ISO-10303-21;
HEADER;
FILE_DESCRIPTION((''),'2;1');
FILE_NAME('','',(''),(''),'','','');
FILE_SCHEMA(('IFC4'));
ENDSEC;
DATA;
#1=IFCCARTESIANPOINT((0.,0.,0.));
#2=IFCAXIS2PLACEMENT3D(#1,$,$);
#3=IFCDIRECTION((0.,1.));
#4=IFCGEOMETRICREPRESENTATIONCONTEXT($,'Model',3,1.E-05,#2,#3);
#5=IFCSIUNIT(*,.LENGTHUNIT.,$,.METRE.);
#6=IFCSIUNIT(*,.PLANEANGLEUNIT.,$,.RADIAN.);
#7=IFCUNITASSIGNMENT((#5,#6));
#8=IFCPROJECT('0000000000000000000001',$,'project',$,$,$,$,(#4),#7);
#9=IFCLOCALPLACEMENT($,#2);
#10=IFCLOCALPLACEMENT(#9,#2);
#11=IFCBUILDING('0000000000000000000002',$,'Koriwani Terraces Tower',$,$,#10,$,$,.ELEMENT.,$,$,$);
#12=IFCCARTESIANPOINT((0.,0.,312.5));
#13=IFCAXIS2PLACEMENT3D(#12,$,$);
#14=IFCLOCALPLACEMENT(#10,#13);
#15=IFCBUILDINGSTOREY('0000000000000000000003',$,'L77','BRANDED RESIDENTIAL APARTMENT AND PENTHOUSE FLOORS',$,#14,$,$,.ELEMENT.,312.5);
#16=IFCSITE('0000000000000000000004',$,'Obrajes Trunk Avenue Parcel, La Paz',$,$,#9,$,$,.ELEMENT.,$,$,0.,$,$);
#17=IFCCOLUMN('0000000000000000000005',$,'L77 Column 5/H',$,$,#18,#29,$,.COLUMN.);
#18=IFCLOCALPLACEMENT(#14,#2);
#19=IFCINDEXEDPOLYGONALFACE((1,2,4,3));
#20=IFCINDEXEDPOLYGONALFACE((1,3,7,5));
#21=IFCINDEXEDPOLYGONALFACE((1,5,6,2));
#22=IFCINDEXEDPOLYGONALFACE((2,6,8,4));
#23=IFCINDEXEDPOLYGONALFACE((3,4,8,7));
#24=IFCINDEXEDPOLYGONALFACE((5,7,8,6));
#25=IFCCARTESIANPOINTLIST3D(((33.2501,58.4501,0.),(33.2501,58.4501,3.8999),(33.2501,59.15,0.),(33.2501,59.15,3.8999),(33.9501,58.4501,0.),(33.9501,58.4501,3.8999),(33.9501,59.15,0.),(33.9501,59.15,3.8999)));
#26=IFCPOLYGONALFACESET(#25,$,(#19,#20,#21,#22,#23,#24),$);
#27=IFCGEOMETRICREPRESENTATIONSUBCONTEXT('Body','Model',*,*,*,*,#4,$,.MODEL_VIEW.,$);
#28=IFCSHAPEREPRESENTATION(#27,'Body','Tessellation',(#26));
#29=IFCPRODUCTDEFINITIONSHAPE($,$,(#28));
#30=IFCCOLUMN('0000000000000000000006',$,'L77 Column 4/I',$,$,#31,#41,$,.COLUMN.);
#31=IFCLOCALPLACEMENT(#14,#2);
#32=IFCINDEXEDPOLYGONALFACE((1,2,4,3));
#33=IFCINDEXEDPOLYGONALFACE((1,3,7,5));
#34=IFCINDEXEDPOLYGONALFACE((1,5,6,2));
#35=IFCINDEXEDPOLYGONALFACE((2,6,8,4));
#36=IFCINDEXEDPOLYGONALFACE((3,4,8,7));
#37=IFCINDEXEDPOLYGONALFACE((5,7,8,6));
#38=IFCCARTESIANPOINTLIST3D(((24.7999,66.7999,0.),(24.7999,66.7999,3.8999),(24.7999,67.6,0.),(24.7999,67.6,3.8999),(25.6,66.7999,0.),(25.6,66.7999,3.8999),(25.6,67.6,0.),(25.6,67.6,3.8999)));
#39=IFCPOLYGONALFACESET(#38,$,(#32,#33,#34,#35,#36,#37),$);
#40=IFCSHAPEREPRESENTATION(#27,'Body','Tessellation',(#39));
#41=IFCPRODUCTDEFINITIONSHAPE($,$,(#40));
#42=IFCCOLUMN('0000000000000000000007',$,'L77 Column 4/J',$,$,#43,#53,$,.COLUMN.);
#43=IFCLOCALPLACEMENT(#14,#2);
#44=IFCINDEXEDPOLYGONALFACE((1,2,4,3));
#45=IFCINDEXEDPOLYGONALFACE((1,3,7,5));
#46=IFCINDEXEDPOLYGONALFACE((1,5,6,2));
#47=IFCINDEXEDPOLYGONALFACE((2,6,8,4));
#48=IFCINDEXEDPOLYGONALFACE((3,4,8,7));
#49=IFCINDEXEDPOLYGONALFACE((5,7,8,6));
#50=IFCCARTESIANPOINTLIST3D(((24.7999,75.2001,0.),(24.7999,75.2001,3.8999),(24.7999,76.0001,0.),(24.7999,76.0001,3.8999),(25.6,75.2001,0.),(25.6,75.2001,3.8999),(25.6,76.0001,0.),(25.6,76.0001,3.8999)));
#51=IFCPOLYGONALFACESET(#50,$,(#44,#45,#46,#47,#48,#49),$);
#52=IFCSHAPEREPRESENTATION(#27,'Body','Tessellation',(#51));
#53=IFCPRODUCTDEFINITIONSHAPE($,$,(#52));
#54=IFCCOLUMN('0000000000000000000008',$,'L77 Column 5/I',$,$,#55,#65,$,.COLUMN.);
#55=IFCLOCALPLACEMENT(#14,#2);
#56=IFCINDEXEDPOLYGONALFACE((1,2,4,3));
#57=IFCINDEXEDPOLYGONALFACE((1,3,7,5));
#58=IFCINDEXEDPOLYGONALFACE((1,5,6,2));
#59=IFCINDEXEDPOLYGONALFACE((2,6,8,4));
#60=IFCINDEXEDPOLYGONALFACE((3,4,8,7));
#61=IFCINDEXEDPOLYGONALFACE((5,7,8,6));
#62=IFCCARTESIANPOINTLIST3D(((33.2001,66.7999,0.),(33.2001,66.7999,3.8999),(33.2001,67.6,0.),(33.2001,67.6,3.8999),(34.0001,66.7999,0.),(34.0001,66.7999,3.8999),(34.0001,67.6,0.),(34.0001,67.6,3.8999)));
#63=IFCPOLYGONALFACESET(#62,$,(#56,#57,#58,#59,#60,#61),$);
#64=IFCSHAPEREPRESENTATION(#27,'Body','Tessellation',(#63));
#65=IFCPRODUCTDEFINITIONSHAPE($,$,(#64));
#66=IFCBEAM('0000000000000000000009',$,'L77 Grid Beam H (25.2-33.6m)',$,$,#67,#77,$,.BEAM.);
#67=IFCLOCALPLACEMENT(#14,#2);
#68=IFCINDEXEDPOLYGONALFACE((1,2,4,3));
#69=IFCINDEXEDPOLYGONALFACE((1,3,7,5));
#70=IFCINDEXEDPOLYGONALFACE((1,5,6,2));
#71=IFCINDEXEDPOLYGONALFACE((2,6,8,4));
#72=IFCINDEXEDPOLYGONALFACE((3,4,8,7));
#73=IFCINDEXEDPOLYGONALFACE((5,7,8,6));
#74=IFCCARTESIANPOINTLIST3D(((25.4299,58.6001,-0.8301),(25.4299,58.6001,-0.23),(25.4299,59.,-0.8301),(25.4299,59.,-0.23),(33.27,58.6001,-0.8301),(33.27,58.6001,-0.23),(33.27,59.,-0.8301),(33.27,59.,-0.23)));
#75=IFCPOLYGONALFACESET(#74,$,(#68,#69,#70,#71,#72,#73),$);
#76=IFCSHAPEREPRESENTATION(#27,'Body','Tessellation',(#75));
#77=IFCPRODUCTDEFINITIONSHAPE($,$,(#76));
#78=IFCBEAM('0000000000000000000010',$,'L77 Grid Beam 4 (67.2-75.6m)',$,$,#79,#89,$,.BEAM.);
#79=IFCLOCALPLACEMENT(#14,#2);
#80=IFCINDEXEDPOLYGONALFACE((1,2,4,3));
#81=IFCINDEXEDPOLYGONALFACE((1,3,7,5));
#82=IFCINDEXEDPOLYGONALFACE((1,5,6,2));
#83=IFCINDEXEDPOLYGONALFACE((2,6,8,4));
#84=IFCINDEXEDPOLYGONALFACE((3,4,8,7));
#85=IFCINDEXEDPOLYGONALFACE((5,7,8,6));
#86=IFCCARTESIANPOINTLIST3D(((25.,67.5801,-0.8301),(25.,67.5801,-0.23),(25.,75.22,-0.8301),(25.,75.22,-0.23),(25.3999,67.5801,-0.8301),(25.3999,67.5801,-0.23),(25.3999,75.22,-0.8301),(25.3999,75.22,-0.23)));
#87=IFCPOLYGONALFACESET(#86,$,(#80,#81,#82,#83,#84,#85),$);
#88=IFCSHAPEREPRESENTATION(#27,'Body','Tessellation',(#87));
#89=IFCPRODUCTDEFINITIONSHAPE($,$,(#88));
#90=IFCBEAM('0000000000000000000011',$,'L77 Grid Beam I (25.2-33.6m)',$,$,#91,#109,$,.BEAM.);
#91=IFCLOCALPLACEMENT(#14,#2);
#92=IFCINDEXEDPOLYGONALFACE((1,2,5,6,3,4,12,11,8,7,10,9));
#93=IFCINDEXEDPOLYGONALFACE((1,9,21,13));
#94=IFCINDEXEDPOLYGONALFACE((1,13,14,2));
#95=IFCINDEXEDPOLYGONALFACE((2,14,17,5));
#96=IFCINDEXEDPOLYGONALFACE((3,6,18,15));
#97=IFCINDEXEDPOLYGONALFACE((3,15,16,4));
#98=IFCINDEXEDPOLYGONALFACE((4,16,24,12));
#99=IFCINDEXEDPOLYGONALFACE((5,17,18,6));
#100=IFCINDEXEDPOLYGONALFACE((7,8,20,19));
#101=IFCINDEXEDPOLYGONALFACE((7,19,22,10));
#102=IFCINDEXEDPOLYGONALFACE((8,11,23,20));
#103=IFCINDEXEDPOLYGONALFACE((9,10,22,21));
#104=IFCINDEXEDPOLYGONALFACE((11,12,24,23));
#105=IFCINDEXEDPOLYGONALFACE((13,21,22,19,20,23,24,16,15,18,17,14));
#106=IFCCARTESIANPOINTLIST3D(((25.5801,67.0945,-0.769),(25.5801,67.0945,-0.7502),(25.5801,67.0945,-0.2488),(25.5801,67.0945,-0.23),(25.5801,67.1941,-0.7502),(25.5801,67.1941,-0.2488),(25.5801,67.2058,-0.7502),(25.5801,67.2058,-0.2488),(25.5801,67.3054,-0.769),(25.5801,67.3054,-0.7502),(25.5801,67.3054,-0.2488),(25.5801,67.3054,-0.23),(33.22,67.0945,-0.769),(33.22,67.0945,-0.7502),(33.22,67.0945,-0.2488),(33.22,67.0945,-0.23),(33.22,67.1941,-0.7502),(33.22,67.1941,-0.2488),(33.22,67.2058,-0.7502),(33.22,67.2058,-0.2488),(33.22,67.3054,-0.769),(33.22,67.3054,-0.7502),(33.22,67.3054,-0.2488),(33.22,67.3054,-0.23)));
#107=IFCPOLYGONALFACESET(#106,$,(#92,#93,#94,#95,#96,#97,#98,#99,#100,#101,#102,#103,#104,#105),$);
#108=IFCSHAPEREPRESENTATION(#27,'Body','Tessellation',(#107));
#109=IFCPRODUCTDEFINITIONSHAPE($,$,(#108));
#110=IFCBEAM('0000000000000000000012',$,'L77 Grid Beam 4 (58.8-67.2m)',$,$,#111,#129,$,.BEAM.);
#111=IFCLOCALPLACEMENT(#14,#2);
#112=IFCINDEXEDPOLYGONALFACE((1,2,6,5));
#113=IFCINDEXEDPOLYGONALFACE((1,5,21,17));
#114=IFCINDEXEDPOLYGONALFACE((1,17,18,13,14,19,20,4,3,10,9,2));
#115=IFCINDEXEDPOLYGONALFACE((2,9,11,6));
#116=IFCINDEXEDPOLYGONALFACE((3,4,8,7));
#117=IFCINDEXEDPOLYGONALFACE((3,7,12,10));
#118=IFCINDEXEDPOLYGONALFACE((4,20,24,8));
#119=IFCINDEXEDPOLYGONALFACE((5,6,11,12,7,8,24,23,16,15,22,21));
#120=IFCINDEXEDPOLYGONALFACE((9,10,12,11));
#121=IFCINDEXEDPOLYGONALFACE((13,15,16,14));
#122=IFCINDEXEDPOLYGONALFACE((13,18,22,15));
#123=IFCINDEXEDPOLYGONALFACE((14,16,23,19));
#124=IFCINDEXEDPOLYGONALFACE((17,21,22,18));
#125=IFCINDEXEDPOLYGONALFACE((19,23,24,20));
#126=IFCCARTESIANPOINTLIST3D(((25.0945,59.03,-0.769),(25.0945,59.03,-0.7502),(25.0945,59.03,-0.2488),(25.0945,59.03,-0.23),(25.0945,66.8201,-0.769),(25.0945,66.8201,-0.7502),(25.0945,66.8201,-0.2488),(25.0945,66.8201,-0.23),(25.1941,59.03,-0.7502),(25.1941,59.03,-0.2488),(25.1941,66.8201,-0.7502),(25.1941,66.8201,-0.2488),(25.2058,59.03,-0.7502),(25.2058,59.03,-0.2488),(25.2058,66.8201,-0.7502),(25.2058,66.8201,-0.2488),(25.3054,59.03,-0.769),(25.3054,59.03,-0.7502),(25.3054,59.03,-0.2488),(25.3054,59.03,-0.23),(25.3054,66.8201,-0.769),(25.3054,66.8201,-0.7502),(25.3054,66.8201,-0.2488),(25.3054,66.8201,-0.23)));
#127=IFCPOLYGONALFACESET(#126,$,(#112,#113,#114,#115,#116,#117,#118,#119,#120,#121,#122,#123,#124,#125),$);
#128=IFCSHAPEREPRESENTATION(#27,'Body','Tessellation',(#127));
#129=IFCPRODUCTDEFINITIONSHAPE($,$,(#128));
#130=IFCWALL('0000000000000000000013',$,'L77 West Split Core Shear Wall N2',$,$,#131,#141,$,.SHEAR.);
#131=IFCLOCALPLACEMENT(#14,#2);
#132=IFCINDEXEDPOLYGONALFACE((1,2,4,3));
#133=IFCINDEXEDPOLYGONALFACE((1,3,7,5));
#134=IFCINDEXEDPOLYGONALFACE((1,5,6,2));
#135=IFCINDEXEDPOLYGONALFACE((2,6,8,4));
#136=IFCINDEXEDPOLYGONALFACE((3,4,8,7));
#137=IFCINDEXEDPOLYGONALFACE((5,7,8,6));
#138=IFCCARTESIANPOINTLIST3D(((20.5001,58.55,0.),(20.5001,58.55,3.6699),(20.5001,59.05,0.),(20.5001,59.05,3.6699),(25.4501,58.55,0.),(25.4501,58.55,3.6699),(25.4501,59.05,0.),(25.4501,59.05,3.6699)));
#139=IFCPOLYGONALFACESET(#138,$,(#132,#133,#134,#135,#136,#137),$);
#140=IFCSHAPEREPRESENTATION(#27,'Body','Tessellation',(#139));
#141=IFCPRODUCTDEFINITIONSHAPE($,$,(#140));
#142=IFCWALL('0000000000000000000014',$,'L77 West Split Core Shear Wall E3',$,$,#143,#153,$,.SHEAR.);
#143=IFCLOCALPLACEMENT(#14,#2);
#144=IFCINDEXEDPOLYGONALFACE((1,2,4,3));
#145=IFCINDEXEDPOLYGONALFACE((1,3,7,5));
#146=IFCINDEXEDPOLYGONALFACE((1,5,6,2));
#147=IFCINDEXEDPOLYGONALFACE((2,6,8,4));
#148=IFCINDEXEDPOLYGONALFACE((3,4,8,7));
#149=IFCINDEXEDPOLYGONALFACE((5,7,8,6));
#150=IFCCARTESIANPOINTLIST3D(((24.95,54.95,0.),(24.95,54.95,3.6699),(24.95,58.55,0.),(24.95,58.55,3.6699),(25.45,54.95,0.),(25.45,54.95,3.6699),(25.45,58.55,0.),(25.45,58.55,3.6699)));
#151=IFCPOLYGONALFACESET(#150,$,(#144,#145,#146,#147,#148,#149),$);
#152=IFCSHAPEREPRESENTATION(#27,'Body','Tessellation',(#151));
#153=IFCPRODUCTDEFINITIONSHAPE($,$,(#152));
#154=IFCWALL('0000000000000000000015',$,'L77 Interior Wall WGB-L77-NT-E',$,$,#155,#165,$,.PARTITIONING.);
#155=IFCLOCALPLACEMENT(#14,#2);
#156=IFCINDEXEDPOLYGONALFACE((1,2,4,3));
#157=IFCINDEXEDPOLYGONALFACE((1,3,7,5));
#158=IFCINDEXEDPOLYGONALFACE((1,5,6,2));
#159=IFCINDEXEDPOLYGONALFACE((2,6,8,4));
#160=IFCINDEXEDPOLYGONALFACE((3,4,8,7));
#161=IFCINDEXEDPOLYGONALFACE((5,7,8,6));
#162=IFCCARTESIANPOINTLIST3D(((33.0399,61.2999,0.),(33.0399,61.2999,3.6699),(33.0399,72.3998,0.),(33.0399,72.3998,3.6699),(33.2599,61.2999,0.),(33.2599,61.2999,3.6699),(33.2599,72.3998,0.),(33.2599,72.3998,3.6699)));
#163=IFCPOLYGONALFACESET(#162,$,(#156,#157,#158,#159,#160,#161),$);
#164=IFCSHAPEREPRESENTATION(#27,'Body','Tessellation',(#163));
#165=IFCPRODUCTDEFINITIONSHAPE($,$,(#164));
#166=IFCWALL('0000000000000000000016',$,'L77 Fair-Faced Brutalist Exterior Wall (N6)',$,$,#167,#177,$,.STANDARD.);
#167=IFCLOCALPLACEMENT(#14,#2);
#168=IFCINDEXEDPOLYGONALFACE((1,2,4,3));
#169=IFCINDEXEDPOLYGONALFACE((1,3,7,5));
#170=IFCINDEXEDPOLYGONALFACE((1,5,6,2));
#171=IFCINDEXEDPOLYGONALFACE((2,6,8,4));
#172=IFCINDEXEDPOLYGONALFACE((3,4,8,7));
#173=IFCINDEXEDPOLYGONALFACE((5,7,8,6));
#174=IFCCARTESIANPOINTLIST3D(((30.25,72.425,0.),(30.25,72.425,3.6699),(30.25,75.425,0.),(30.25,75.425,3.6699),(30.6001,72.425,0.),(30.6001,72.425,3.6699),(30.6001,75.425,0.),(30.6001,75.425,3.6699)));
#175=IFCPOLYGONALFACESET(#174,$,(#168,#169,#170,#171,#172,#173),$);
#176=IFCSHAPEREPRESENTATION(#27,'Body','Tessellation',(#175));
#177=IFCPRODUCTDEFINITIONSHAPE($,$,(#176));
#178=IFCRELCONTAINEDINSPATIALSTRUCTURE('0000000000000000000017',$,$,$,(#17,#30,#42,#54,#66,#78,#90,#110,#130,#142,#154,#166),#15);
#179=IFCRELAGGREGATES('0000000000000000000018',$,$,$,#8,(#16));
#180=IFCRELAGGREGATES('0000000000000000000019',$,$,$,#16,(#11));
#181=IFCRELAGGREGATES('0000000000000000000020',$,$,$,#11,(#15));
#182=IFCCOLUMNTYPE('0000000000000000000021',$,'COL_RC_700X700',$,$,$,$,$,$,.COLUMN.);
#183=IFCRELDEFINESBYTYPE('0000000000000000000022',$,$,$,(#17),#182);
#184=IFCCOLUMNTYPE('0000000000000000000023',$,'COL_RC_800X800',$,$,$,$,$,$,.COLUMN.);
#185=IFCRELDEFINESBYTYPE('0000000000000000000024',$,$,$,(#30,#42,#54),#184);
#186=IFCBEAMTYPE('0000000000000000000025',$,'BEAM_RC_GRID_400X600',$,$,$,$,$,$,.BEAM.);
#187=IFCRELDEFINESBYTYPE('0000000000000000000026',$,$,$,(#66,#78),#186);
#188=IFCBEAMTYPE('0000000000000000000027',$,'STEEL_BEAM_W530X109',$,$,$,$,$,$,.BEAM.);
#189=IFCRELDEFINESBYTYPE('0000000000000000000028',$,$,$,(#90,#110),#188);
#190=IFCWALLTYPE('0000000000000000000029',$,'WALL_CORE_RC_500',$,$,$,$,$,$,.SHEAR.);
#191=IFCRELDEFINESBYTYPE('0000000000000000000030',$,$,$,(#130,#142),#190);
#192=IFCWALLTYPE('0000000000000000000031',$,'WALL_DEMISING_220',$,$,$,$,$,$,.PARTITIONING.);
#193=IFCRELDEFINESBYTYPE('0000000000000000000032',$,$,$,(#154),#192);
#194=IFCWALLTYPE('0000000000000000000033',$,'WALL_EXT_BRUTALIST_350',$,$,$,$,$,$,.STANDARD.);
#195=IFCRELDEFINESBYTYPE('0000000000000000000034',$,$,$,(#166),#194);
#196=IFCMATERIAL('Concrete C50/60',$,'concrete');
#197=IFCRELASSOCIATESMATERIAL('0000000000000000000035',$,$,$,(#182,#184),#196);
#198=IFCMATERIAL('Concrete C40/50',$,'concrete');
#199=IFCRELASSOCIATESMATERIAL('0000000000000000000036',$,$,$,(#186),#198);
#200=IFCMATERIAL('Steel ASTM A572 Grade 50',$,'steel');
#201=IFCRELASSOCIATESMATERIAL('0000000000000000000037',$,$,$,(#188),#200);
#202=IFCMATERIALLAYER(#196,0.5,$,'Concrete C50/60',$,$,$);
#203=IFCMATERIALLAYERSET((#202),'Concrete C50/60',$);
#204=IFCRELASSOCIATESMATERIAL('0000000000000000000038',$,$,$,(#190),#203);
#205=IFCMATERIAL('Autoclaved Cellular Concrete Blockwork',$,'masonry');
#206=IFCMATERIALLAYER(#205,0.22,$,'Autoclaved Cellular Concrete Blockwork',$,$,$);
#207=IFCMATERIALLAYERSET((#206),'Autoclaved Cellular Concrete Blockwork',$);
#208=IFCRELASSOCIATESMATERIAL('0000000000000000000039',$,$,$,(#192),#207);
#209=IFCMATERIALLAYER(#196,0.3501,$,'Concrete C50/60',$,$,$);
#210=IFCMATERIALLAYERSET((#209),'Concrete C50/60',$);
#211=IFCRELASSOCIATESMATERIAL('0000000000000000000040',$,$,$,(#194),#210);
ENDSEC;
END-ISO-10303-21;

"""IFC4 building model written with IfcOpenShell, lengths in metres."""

from ifc_helpers import new_model, si_unit, direction, frame, frame_2d, origin, origin_2d, place, context, subcontext, project, spatial, rectangle, i_section, extrude, material, layer, layer_set, material_profile, profile_set, type_object, element, save


model = new_model("IFC4")

# Units and contexts
model_context = context("Model", 3, precision=1e-05, world=origin(), true_north=direction((0.0, 1.0)))
body_context = subcontext(model_context, "Body", "Model", "MODEL_VIEW")
ifc_project = project(units=[si_unit("LENGTHUNIT", "METRE"), si_unit("PLANEANGLEUNIT", "RADIAN")], contexts=[model_context])

# Site, building, storey
site_placement = place(None, origin())
site = spatial("IfcSite", under=ifc_project, at=site_placement, Name="Obrajes Trunk Avenue Parcel, La Paz", CompositionType="ELEMENT", RefElevation=0.0)
building_placement = place(site_placement, origin())
building = spatial("IfcBuilding", under=site, at=building_placement, Name="Koriwani Terraces Tower", CompositionType="ELEMENT")
storey_placement = place(building_placement, frame((0.0, 0.0, 312.5)))
storey = spatial("IfcBuildingStorey", under=building, at=storey_placement, Name="L77", Description="BRANDED RESIDENTIAL APARTMENT AND PENTHOUSE FLOORS", CompositionType="ELEMENT", Elevation=312.5)

# Columns
ifc_material_1 = material(Name="Concrete C50/60", Category="concrete")
ifc_material_profile_1 = material_profile(ifc_material_1, rectangle(XDim=0.7, YDim=0.7, at=origin_2d()), Name="Concrete C50/60", Category="LoadBearing")
ifc_profile_set_1 = profile_set([ifc_material_profile_1], Name="Concrete C50/60")
column_type_1 = type_object("IfcColumnType", Name="COL_RC_700X700", PredefinedType="COLUMN", material=ifc_profile_set_1)
column_placement = place(storey_placement, frame((33.6001, 58.8, 0.0), z_axis=(0.0, 0.0, 1.0), x_axis=(1.0, 0.0, 0.0)))
element("IfcColumn", 1, at=column_placement, inside=storey, type_object=column_type_1, Name="L77 Column 5/H", PredefinedType="COLUMN", context=body_context, shape_type="SweptSolid", body=[
    extrude(rectangle(XDim=0.7, YDim=0.7, at=origin_2d()), origin(), (0.0, 0.0, 1.0), 3.8999),
])
ifc_material_profile_2 = material_profile(ifc_material_1, rectangle(XDim=0.8, YDim=0.8, at=origin_2d()), Name="Concrete C50/60", Category="LoadBearing")
ifc_profile_set_2 = profile_set([ifc_material_profile_2], Name="Concrete C50/60")
column_type_2 = type_object("IfcColumnType", Name="COL_RC_800X800", PredefinedType="COLUMN", material=ifc_profile_set_2)
for number, where, z_axis, x_axis, name in (
    (2, (25.2, 67.2, 0.0), (0.0, 0.0, 1.0), (1.0, 0.0, 0.0), "L77 Column 4/I"),
    (3, (25.2, 75.6001, 0.0), (0.0, 0.0, 1.0), (1.0, 0.0, 0.0), "L77 Column 4/J"),
    (4, (33.6001, 67.2, 0.0), (0.0, 0.0, 1.0), (1.0, 0.0, 0.0), "L77 Column 5/I"),
):
    element("IfcColumn", number, at=place(storey_placement, frame(where, z_axis=z_axis, x_axis=x_axis)), inside=storey, type_object=column_type_2, Name=name, PredefinedType="COLUMN", context=body_context, shape_type="SweptSolid", body=[
        extrude(rectangle(XDim=0.8, YDim=0.8, at=origin_2d()), origin(), (0.0, 0.0, 1.0), 3.8999),
    ])

# Beams
ifc_material_2 = material(Name="Concrete C40/50", Category="concrete")
ifc_material_profile_3 = material_profile(ifc_material_2, rectangle(XDim=0.3999, YDim=0.6001, at=origin_2d()), Name="Concrete C40/50", Category="LoadBearing")
ifc_profile_set_3 = profile_set([ifc_material_profile_3], Name="Concrete C40/50")
beam_type_1 = type_object("IfcBeamType", Name="BEAM_RC_GRID_400X600", PredefinedType="BEAM", material=ifc_profile_set_3)
beam_1_placement = place(storey_placement, frame((25.4299, 58.8, -0.53), z_axis=(1.0, 0.0, 0.0), x_axis=(0.0, 1.0, 0.0)))
element("IfcBeam", 5, at=beam_1_placement, inside=storey, type_object=beam_type_1, Name="L77 Grid Beam H (25.2-33.6m)", PredefinedType="BEAM", context=body_context, shape_type="SweptSolid", body=[
    extrude(rectangle(XDim=0.3999, YDim=0.6001, at=origin_2d()), origin(), (0.0, 0.0, 1.0), 7.8401),
])
beam_2_placement = place(storey_placement, frame((25.2, 67.5801, -0.53), z_axis=(0.0, 1.0, 0.0), x_axis=(-1.0, 0.0, 0.0)))
element("IfcBeam", 6, at=beam_2_placement, inside=storey, type_object=beam_type_1, Name="L77 Grid Beam 4 (67.2-75.6m)", PredefinedType="BEAM", context=body_context, shape_type="SweptSolid", body=[
    extrude(rectangle(XDim=0.3999, YDim=0.6001, at=origin_2d()), origin(), (0.0, 0.0, 1.0), 7.6399),
])
ifc_material_3 = material(Name="Steel ASTM A572 Grade 50", Category="steel")
ifc_material_profile_4 = material_profile(ifc_material_3, i_section(OverallWidth=0.2109, OverallDepth=0.5391, WebThickness=0.0117, FlangeThickness=0.0188, at=origin_2d()), Name="Steel ASTM A572 Grade 50", Category="LoadBearing")
ifc_profile_set_4 = profile_set([ifc_material_profile_4], Name="Steel ASTM A572 Grade 50")
beam_type_2 = type_object("IfcBeamType", Name="STEEL_BEAM_W530X109", PredefinedType="BEAM", material=ifc_profile_set_4)
beam_3_placement = place(storey_placement, frame((25.5801, 67.2, -0.4995), z_axis=(1.0, 0.0, 0.0), x_axis=(0.0, 1.0, 0.0)))
element("IfcBeam", 7, at=beam_3_placement, inside=storey, type_object=beam_type_2, Name="L77 Grid Beam I (25.2-33.6m)", PredefinedType="BEAM", context=body_context, shape_type="SweptSolid", body=[
    extrude(i_section(OverallWidth=0.2109, OverallDepth=0.5391, WebThickness=0.0117, FlangeThickness=0.0188, at=origin_2d()), origin(), (0.0, 0.0, 1.0), 7.6399),
])
beam_4_placement = place(storey_placement, frame((25.2, 59.03, -0.4995), z_axis=(0.0, 1.0, 0.0), x_axis=(-1.0, 0.0, 0.0)))
element("IfcBeam", 8, at=beam_4_placement, inside=storey, type_object=beam_type_2, Name="L77 Grid Beam 4 (58.8-67.2m)", PredefinedType="BEAM", context=body_context, shape_type="SweptSolid", body=[
    extrude(i_section(OverallWidth=0.2109, OverallDepth=0.5391, WebThickness=0.0117, FlangeThickness=0.0188, at=origin_2d()), origin(), (0.0, 0.0, 1.0), 7.79),
])

# Walls
ifc_layer_1 = layer(ifc_material_1, 0.5, Name="Concrete C50/60")
ifc_layer_set_1 = layer_set([ifc_layer_1], Name="Concrete C50/60")
wall_type_1 = type_object("IfcWallType", Name="WALL_CORE_RC_500", PredefinedType="SHEAR", material=ifc_layer_set_1)
wall_1_placement = place(storey_placement, frame((20.5, 58.8, 0.0), z_axis=(0.0, 0.0, 1.0), x_axis=(1.0, 0.0, 0.0)))
element("IfcWall", 9, at=wall_1_placement, inside=storey, type_object=wall_type_1, Name="L77 West Split Core Shear Wall N2", PredefinedType="SHEAR", context=body_context, shape_type="SweptSolid", body=[
    extrude(rectangle(XDim=4.95, YDim=0.5, at=frame_2d((2.4751, 0.0))), origin(), (0.0, 0.0, 1.0), 3.6699),
])
wall_2_placement = place(storey_placement, frame((25.2, 54.95, 0.0), z_axis=(0.0, 0.0, 1.0), x_axis=(0.0, 1.0, 0.0)))
element("IfcWall", 10, at=wall_2_placement, inside=storey, type_object=wall_type_1, Name="L77 West Split Core Shear Wall E3", PredefinedType="SHEAR", context=body_context, shape_type="SweptSolid", body=[
    extrude(rectangle(XDim=3.6001, YDim=0.5, at=frame_2d((1.8, 0.0))), origin(), (0.0, 0.0, 1.0), 3.6699),
])
ifc_material_4 = material(Name="Autoclaved Cellular Concrete Blockwork", Category="masonry")
ifc_layer_2 = layer(ifc_material_4, 0.22, Name="Autoclaved Cellular Concrete Blockwork")
ifc_layer_set_2 = layer_set([ifc_layer_2], Name="Autoclaved Cellular Concrete Blockwork")
wall_type_2 = type_object("IfcWallType", Name="WALL_DEMISING_220", PredefinedType="PARTITIONING", material=ifc_layer_set_2)
wall_3_placement = place(storey_placement, frame((33.1499, 61.3, 0.0), z_axis=(0.0, 0.0, 1.0), x_axis=(0.0, 1.0, 0.0)))
element("IfcWall", 11, at=wall_3_placement, inside=storey, type_object=wall_type_2, Name="L77 Interior Wall WGB-L77-NT-E", PredefinedType="PARTITIONING", context=body_context, shape_type="SweptSolid", body=[
    extrude(rectangle(XDim=11.0999, YDim=0.22, at=frame_2d((5.5498, 0.0))), origin(), (0.0, 0.0, 1.0), 3.6699),
])
ifc_layer_3 = layer(ifc_material_1, 0.3501, Name="Concrete C50/60")
ifc_layer_set_3 = layer_set([ifc_layer_3], Name="Concrete C50/60")
wall_type_3 = type_object("IfcWallType", Name="WALL_EXT_BRUTALIST_350", PredefinedType="STANDARD", material=ifc_layer_set_3)
wall_4_placement = place(storey_placement, frame((30.425, 75.425, 0.0), z_axis=(0.0, 0.0, 1.0), x_axis=(0.0, -1.0, 0.0)))
element("IfcWall", 12, at=wall_4_placement, inside=storey, type_object=wall_type_3, Name="L77 Fair-Faced Brutalist Exterior Wall (N6)", PredefinedType="STANDARD", context=body_context, shape_type="SweptSolid", body=[
    extrude(rectangle(XDim=3.0, YDim=0.3501, at=frame_2d((1.5, 0.0))), origin(), (0.0, 0.0, 1.0), 3.6699),
])

save(model, "model.ifc")
